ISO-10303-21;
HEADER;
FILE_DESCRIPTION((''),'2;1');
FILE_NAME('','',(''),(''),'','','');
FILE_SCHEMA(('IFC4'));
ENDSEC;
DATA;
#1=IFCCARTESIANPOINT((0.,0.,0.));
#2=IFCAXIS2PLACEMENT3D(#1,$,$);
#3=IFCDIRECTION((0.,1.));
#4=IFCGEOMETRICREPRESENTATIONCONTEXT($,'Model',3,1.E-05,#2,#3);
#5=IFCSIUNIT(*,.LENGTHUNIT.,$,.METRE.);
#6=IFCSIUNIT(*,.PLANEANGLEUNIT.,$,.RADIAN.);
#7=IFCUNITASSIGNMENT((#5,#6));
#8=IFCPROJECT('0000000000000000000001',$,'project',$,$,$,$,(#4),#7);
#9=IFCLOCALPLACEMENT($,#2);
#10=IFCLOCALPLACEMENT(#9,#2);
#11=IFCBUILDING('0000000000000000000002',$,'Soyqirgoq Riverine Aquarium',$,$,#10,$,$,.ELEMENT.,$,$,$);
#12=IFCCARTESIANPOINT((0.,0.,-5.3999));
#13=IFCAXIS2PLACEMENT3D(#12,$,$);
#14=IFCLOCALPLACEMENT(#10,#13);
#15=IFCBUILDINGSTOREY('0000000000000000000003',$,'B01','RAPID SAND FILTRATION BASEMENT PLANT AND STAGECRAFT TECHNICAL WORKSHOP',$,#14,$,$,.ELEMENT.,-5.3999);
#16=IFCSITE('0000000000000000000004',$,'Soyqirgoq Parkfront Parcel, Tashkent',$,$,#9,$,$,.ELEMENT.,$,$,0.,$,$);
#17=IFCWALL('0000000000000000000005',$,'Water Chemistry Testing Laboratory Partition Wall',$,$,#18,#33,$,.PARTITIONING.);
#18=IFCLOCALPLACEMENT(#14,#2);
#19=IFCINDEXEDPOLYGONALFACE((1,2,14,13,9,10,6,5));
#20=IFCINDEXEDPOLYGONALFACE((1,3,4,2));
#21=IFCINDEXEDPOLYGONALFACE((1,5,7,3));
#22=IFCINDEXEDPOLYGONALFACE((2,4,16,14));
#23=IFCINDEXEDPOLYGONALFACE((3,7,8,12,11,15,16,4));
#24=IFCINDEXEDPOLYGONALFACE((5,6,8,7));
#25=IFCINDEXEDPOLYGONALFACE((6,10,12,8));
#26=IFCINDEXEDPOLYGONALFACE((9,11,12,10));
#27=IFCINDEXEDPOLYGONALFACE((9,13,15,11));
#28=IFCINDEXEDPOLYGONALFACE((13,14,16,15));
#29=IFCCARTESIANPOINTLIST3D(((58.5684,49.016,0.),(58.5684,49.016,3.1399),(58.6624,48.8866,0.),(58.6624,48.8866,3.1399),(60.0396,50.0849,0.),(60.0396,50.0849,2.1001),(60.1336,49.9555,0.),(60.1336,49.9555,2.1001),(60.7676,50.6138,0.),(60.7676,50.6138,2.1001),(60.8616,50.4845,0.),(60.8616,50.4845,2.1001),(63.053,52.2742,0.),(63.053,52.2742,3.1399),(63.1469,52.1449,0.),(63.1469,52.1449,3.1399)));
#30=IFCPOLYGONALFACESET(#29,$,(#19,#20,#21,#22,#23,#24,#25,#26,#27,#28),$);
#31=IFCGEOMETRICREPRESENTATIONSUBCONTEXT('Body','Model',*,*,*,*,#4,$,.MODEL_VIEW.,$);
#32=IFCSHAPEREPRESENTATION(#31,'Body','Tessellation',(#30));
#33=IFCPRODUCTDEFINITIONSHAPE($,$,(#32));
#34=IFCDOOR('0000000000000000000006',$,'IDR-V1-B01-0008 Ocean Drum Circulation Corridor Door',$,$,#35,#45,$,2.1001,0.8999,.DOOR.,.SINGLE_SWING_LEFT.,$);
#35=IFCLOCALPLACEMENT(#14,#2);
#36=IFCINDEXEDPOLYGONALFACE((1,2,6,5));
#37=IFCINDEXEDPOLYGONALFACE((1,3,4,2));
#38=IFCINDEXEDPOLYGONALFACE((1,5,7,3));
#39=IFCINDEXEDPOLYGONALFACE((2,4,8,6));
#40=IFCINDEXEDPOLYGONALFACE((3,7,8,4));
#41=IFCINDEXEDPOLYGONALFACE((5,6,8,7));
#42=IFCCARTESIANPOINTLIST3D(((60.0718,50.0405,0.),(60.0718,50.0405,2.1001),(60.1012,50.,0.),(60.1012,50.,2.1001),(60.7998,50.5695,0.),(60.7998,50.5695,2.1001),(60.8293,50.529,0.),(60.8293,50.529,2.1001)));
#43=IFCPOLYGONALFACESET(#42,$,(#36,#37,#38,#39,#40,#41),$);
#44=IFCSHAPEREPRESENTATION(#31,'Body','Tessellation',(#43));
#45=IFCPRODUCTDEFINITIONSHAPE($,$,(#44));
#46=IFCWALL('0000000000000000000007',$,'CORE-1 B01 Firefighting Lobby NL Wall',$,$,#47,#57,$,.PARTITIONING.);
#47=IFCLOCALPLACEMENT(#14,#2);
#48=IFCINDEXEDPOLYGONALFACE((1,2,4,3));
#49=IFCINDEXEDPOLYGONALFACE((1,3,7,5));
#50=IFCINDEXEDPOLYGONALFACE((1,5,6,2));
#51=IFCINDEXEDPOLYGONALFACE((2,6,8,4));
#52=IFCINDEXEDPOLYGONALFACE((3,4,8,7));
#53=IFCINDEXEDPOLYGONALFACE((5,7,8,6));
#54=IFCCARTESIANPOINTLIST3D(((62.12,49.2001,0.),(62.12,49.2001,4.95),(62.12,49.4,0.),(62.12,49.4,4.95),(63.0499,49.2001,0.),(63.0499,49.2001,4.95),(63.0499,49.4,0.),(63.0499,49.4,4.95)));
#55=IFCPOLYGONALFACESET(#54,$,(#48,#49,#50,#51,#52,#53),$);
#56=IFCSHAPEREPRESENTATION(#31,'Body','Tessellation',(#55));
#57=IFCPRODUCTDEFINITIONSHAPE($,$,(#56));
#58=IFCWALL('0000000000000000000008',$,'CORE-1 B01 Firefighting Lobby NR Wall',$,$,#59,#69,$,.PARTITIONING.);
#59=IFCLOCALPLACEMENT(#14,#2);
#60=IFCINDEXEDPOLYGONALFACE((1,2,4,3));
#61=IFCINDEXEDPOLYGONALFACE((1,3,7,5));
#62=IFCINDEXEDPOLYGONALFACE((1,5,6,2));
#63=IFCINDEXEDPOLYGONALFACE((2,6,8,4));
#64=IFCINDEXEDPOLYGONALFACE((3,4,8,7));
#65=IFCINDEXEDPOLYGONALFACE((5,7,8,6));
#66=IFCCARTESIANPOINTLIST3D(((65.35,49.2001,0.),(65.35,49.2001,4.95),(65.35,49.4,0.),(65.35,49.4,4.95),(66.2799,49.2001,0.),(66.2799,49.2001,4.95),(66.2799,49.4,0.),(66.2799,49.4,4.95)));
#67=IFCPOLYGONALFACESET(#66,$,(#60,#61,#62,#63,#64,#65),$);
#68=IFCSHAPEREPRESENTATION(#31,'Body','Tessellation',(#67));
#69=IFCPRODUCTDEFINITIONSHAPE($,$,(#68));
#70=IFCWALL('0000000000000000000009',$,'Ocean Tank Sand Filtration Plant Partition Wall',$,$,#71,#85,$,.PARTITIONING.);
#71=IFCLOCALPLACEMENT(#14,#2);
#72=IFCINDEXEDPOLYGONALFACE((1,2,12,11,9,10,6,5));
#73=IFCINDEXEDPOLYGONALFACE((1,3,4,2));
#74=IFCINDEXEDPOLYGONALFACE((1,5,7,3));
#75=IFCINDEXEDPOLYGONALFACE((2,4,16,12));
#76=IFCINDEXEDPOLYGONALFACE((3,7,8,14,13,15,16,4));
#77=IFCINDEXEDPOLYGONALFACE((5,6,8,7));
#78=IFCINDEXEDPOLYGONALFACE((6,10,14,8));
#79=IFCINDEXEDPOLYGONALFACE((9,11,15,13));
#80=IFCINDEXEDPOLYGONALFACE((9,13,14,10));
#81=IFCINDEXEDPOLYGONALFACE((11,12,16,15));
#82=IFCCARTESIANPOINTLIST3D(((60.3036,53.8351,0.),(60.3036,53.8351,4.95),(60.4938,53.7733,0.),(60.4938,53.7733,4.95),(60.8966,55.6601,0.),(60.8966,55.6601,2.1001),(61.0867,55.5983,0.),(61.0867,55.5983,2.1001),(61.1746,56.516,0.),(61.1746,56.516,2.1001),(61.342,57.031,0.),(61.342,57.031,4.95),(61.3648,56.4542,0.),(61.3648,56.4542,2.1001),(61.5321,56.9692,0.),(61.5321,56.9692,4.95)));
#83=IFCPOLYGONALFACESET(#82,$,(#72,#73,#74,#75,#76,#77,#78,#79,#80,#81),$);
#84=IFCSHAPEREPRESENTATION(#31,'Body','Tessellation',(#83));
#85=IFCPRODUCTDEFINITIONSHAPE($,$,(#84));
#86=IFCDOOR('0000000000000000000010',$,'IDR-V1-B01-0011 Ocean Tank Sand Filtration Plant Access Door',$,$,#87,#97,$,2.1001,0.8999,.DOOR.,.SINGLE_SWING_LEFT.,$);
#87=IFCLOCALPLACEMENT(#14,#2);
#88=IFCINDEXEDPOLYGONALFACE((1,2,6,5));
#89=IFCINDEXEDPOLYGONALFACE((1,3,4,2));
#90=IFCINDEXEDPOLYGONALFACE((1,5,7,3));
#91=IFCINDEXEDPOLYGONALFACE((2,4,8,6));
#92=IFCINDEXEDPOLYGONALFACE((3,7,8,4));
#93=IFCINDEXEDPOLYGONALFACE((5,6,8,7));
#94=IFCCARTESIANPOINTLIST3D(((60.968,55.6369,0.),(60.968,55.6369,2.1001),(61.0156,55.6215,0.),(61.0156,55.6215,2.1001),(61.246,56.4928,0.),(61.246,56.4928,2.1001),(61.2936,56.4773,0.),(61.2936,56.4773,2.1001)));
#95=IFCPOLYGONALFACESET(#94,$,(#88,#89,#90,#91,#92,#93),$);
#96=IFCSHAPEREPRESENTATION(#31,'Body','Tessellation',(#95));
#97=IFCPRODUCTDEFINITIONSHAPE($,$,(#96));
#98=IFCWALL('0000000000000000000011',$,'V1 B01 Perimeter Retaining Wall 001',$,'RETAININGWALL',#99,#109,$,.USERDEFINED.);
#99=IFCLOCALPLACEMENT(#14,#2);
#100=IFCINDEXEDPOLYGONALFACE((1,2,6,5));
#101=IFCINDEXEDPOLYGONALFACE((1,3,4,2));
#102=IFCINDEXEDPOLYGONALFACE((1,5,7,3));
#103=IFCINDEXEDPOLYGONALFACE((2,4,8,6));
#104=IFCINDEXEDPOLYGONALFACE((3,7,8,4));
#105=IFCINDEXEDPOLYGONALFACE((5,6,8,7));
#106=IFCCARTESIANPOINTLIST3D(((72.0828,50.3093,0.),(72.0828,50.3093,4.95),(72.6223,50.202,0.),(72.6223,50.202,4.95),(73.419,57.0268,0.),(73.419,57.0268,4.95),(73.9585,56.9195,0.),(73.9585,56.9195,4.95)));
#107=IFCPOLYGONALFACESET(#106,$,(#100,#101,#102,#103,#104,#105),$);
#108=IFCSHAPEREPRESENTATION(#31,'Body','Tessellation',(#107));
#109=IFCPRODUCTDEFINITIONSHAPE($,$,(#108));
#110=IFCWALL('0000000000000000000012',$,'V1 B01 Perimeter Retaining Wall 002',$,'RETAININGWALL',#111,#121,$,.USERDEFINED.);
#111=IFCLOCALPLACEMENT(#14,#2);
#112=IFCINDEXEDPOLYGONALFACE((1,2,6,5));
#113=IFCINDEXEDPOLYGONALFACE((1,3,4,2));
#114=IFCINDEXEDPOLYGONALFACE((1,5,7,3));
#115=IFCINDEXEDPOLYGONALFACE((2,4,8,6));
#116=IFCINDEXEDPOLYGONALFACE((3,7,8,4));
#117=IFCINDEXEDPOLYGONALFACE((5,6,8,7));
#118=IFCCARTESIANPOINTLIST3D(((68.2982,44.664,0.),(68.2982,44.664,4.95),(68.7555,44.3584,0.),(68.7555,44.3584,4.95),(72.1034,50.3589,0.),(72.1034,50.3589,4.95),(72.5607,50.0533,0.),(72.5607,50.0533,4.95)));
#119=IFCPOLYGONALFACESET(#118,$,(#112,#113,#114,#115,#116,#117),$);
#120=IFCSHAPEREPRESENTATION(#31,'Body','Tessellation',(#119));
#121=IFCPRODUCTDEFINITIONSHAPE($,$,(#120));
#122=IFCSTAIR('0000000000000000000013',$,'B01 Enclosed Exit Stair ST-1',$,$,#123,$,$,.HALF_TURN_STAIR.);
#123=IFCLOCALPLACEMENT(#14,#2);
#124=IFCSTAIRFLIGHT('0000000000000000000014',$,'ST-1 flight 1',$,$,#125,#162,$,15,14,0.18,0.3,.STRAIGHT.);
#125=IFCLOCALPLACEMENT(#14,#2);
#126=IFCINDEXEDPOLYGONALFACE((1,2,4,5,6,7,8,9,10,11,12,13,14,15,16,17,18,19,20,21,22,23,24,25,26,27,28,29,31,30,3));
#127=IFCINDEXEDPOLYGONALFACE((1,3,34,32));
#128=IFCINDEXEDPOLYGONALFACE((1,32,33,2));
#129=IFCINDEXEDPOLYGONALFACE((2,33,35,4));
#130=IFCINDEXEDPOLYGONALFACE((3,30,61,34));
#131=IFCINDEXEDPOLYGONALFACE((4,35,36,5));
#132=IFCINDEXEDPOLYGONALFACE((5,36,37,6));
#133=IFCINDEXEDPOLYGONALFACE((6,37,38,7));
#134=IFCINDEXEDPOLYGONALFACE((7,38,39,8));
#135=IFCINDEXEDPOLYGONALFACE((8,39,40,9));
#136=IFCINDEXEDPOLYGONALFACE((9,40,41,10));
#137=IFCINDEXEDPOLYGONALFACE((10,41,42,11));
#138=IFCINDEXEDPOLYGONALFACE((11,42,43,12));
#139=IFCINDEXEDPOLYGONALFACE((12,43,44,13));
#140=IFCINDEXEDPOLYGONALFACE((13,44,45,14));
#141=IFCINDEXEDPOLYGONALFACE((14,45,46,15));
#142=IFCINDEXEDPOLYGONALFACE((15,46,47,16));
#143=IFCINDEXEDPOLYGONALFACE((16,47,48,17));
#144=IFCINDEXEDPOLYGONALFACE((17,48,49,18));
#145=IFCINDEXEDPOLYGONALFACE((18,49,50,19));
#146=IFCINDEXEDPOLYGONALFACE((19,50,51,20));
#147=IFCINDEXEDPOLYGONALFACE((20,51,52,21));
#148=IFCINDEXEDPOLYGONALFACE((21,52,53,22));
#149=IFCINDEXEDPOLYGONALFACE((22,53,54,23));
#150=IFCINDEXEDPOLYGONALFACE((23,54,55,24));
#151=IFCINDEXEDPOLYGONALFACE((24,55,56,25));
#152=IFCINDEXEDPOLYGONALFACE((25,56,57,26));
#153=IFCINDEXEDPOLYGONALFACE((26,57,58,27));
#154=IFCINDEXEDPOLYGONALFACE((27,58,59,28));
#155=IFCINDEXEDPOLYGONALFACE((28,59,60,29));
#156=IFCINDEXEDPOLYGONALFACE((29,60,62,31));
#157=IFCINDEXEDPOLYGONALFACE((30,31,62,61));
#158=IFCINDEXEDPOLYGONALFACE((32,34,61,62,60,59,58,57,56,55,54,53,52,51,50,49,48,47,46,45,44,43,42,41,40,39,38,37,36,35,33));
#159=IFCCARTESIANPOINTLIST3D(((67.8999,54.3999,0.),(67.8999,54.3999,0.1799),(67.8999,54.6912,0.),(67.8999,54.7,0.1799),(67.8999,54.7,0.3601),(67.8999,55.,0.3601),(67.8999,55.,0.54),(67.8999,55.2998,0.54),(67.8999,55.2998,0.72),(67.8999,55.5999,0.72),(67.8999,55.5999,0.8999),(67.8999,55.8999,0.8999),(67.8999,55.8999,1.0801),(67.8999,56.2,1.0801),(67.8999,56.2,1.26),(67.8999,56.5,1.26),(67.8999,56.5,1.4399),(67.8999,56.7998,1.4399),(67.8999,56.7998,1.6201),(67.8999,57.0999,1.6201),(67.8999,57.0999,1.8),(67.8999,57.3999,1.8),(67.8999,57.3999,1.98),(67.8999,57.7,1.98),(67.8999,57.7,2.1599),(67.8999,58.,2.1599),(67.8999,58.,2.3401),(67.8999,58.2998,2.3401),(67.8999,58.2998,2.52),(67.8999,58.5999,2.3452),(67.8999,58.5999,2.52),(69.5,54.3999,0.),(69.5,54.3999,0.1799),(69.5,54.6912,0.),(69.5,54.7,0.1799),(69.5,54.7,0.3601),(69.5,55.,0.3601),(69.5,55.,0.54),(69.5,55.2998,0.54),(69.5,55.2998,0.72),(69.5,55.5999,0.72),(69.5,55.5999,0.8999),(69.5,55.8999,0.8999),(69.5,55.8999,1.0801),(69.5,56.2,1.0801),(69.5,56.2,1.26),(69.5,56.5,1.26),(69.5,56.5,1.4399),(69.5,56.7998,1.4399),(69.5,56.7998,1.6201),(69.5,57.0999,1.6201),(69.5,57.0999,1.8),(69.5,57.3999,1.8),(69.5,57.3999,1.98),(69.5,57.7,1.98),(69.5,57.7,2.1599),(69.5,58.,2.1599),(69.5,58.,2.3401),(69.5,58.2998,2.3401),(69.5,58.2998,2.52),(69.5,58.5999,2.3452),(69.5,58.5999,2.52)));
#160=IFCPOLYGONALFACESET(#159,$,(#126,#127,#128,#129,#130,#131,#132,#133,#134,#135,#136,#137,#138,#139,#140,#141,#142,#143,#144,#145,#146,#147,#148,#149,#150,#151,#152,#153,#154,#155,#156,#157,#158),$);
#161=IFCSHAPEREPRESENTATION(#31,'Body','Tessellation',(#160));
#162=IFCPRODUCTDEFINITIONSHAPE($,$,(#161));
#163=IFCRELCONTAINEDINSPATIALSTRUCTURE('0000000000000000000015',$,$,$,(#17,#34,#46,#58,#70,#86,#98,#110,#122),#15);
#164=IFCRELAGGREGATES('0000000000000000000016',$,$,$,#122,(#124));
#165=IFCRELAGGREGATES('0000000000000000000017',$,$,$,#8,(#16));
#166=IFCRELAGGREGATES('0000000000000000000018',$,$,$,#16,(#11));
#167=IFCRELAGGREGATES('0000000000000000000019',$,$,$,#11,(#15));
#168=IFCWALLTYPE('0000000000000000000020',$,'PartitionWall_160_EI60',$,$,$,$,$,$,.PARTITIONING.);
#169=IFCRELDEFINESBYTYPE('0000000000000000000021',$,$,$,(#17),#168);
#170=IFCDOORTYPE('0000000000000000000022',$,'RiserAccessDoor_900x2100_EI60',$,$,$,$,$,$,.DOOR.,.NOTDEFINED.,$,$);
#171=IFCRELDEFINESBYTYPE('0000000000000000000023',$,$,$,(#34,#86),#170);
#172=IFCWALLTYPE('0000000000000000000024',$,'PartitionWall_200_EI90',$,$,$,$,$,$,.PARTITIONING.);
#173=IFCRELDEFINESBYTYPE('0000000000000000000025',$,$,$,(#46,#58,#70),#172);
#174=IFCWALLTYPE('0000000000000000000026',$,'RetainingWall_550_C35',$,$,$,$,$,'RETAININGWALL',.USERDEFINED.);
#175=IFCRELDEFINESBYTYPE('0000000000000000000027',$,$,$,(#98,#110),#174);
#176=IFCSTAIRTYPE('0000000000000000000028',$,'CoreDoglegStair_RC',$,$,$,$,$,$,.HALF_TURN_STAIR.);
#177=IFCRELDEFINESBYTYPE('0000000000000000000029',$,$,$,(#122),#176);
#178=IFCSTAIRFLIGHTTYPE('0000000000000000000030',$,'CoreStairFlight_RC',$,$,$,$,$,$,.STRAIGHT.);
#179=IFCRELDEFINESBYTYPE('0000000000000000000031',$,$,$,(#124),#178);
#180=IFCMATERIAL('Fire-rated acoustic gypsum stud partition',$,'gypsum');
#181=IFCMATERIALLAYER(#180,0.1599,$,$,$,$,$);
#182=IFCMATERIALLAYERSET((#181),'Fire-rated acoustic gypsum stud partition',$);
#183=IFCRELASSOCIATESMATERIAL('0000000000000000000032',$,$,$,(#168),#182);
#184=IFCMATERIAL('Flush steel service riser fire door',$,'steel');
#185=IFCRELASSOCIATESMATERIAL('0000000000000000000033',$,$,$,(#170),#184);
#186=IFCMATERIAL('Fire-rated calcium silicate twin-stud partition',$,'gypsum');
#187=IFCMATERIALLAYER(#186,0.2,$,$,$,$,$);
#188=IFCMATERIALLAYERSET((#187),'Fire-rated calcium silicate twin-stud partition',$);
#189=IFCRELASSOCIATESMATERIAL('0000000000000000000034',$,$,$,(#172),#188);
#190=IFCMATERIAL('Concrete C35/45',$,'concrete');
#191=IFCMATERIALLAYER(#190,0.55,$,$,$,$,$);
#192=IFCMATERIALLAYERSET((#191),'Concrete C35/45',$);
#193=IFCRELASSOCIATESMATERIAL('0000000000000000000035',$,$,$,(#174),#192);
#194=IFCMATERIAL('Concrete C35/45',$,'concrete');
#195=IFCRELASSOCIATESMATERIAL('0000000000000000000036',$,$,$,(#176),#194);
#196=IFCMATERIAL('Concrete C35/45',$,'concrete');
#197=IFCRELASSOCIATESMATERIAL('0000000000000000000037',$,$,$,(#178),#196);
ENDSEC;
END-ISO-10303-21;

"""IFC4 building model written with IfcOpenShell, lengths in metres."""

from ifc_helpers import new_model, si_unit, direction, frame, frame_2d, origin, place, context, subcontext, project, spatial, polyline, rectangle, outline, extrude, material, layer, layer_set, type_object, element, fill, aggregate, save


model = new_model("IFC4")

# Units and contexts
model_context = context("Model", 3, precision=1e-05, world=origin(), true_north=direction((0.0, 1.0)))
body_context = subcontext(model_context, "Body", "Model", "MODEL_VIEW")
ifc_project = project(units=[si_unit("LENGTHUNIT", "METRE"), si_unit("PLANEANGLEUNIT", "RADIAN")], contexts=[model_context])

# Site, building, storey
site_placement = place(None, origin())
site = spatial("IfcSite", under=ifc_project, at=site_placement, Name="Soyqirgoq Parkfront Parcel, Tashkent", CompositionType="ELEMENT", RefElevation=0.0)
building_placement = place(site_placement, origin())
building = spatial("IfcBuilding", under=site, at=building_placement, Name="Soyqirgoq Riverine Aquarium", CompositionType="ELEMENT")
storey_placement = place(building_placement, frame((0.0, 0.0, -5.3999)))
storey = spatial("IfcBuildingStorey", under=building, at=storey_placement, Name="B01", Description="RAPID SAND FILTRATION BASEMENT PLANT AND STAGECRAFT TECHNICAL WORKSHOP", CompositionType="ELEMENT", Elevation=-5.3999)

# Wall, opening, door
ifc_material_1 = material(Name="Fire-rated acoustic gypsum stud partition", Category="gypsum")
ifc_layer_1 = layer(ifc_material_1, 0.1599)
ifc_layer_set_1 = layer_set([ifc_layer_1], Name="Fire-rated acoustic gypsum stud partition")
wall_type_1 = type_object("IfcWallType", Name="PartitionWall_160_EI60", PredefinedType="PARTITIONING", material=ifc_layer_set_1)
wall_1_placement = place(storey_placement, frame((63.0999, 52.2095, 0.0), z_axis=(0.0, 0.0, 1.0), x_axis=(-0.809014, -0.587789, 0.0)))
wall_1 = element("IfcWall", 1, at=wall_1_placement, inside=storey, type_object=wall_type_1, Name="Water Chemistry Testing Laboratory Partition Wall", PredefinedType="PARTITIONING", context=body_context, shape_type="SweptSolid", body=[
    extrude(rectangle(XDim=5.5432, YDim=0.1599, at=frame_2d((2.7715, 0.0))), origin(), (0.0, 0.0, 1.0), 3.1399),
])
opening_1_placement = place(wall_1_placement, frame((2.8247, 0.0, 0.0)))
opening_1 = element("IfcOpeningElement", 2, at=opening_1_placement, cuts=wall_1, PredefinedType="OPENING", context=body_context, shape_type="SweptSolid", body=[
    extrude(rectangle(XDim=0.8999, YDim=2.1001, at=frame_2d((0.45, 1.05))), frame((0.0, 0.0898, 0.0), z_axis=(0.0, -1.0, 0.0), x_axis=(1.0, 0.0, 0.0)), (0.0, 0.0, 1.0), 0.1799),
])
ifc_material_2 = material(Name="Flush steel service riser fire door", Category="steel")
door_type_1 = type_object("IfcDoorType", Name="RiserAccessDoor_900x2100_EI60", OperationType="NOTDEFINED", PredefinedType="DOOR", material=ifc_material_2)
door_1_placement = place(opening_1_placement, origin())
door_1 = element("IfcDoor", 3, at=door_1_placement, inside=storey, type_object=door_type_1, Name="IDR-V1-B01-0008 Ocean Drum Circulation Corridor Door", OperationType="SINGLE_SWING_LEFT", OverallHeight=2.1001, OverallWidth=0.8999, PredefinedType="DOOR", context=body_context, shape_type="SweptSolid", body=[
    extrude(rectangle(XDim=0.8999, YDim=2.1001, at=frame_2d((0.45, 1.05))), frame((0.0, 0.0249, 0.0), z_axis=(0.0, -1.0, 0.0), x_axis=(1.0, 0.0, 0.0)), (0.0, 0.0, 1.0), 0.05),
])
fill(opening_1, door_1)

# Walls
ifc_material_3 = material(Name="Fire-rated calcium silicate twin-stud partition", Category="gypsum")
ifc_layer_2 = layer(ifc_material_3, 0.2)
ifc_layer_set_2 = layer_set([ifc_layer_2], Name="Fire-rated calcium silicate twin-stud partition")
wall_type_2 = type_object("IfcWallType", Name="PartitionWall_200_EI90", PredefinedType="PARTITIONING", material=ifc_layer_set_2)
for number, where, z_axis, x_axis, name in (
    (4, (62.1201, 49.3, 0.0), (0.0, 0.0, 1.0), (1.0, 0.0, 0.0), "CORE-1 B01 Firefighting Lobby NL Wall"),
    (5, (65.3501, 49.3, 0.0), (0.0, 0.0, 1.0), (1.0, 0.0, 0.0), "CORE-1 B01 Firefighting Lobby NR Wall"),
):
    element("IfcWall", number, at=place(storey_placement, frame(where, z_axis=z_axis, x_axis=x_axis)), inside=storey, type_object=wall_type_2, Name=name, PredefinedType="PARTITIONING", context=body_context, shape_type="SweptSolid", body=[
        extrude(rectangle(XDim=0.9299, YDim=0.2, at=frame_2d((0.4648, 0.0))), origin(), (0.0, 0.0, 1.0), 4.95),
    ])

# Wall, opening, door
wall_2_placement = place(storey_placement, frame((60.3987, 53.8042, 0.0), z_axis=(0.0, 0.0, 1.0), x_axis=(0.309004, 0.951061, 0.0)))
wall_2 = element("IfcWall", 6, at=wall_2_placement, inside=storey, type_object=wall_type_2, Name="Ocean Tank Sand Filtration Plant Partition Wall", PredefinedType="PARTITIONING", context=body_context, shape_type="SweptSolid", body=[
    extrude(rectangle(XDim=3.3604, YDim=0.2, at=frame_2d((1.6802, 0.0))), origin(), (0.0, 0.0, 1.0), 4.95),
])
opening_2_placement = place(wall_2_placement, frame((1.9189, 0.0, 0.0)))
opening_2 = element("IfcOpeningElement", 7, at=opening_2_placement, cuts=wall_2, PredefinedType="OPENING", context=body_context, shape_type="SweptSolid", body=[
    extrude(rectangle(XDim=0.8999, YDim=2.1001, at=frame_2d((0.45, 1.05))), frame((0.0, 0.1099, 0.0), z_axis=(0.0, -1.0, 0.0), x_axis=(1.0, 0.0, 0.0)), (0.0, 0.0, 1.0), 0.22),
])
door_2_placement = place(opening_2_placement, origin())
door_2 = element("IfcDoor", 8, at=door_2_placement, inside=storey, type_object=door_type_1, Name="IDR-V1-B01-0011 Ocean Tank Sand Filtration Plant Access Door", OperationType="SINGLE_SWING_LEFT", OverallHeight=2.1001, OverallWidth=0.8999, PredefinedType="DOOR", context=body_context, shape_type="SweptSolid", body=[
    extrude(rectangle(XDim=0.8999, YDim=2.1001, at=frame_2d((0.45, 1.05))), frame((0.0, 0.0249, 0.0), z_axis=(0.0, -1.0, 0.0), x_axis=(1.0, 0.0, 0.0)), (0.0, 0.0, 1.0), 0.05),
])
fill(opening_2, door_2)

# Walls
ifc_material_4 = material(Name="Concrete C35/45", Category="concrete")
ifc_layer_3 = layer(ifc_material_4, 0.55)
ifc_layer_set_3 = layer_set([ifc_layer_3], Name="Concrete C35/45")
wall_type_3 = type_object("IfcWallType", Name="RetainingWall_550_C35", ElementType="RETAININGWALL", PredefinedType="USERDEFINED", material=ifc_layer_set_3)
for number, where, z_axis, x_axis, name in (
    (9, (73.6887, 56.9731, 0.0), (0.0, 0.0, 1.0), (-0.195088, -0.980786, 0.0), "V1 B01 Perimeter Retaining Wall 001"),
    (10, (72.332, 50.2061, 0.0), (0.0, 0.0, 1.0), (-0.555572, -0.831469, 0.0), "V1 B01 Perimeter Retaining Wall 002"),
):
    element("IfcWall", number, at=place(storey_placement, frame(where, z_axis=z_axis, x_axis=x_axis)), inside=storey, type_object=wall_type_3, Name=name, ObjectType="RETAININGWALL", PredefinedType="USERDEFINED", context=body_context, shape_type="SweptSolid", body=[
        extrude(rectangle(XDim=6.8491, YDim=0.55, at=frame_2d((3.4246, 0.0))), origin(), (0.0, 0.0, 1.0), 4.95),
    ])

# Stair, stair flight
ifc_material_5 = material(Name="Concrete C35/45", Category="concrete")
stair_type = type_object("IfcStairType", Name="CoreDoglegStair_RC", PredefinedType="HALF_TURN_STAIR", material=ifc_material_5)
stair_placement = place(storey_placement, origin())
stair = element("IfcStair", 11, at=stair_placement, inside=storey, type_object=stair_type, Name="B01 Enclosed Exit Stair ST-1", PredefinedType="HALF_TURN_STAIR")
ifc_material_6 = material(Name="Concrete C35/45", Category="concrete")
stair_flight_type = type_object("IfcStairFlightType", Name="CoreStairFlight_RC", PredefinedType="STRAIGHT", material=ifc_material_6)
stair_flight_1_placement = place(storey_placement, frame((68.7, 54.3999, 0.0), z_axis=(0.0, 0.0, 1.0), x_axis=(0.0, 1.0, 0.0)))
stair_flight_1 = element("IfcStairFlight", 12, at=stair_flight_1_placement, type_object=stair_flight_type, Name="ST-1 flight 1", NumberOfRisers=15, NumberOfTreads=14, PredefinedType="STRAIGHT", RiserHeight=0.18, TreadLength=0.3, context=body_context, shape_type="SweptSolid", body=[
    extrude(outline(polyline([(0.0, 0.0), (0.0, 0.1799), (0.3, 0.1799), (0.3, 0.3601), (0.6001, 0.3601), (0.6001, 0.54), (0.8999, 0.54), (0.8999, 0.72), (1.2, 0.72), (1.2, 0.8999), (1.5, 0.8999), (1.5, 1.0801), (1.8, 1.0801), (1.8, 1.26), (2.1001, 1.26), (2.1001, 1.4399), (2.3999, 1.4399), (2.3999, 1.6201), (2.7, 1.6201), (2.7, 1.8), (3.0, 1.8), (3.0, 1.98), (3.3, 1.98), (3.3, 2.1599), (3.6001, 2.1599), (3.6001, 2.3401), (3.8999, 2.3401), (3.8999, 2.52), (4.2, 2.52), (4.2, 2.7), (4.2, 2.3452), (0.2913, 0.0), (0.0, 0.0)])), frame((0.0, 0.8, 0.0), z_axis=(0.0, -1.0, 0.0), x_axis=(1.0, 0.0, 0.0)), (0.0, 0.0, 1.0), 1.6001),
])
aggregate(stair, [stair_flight_1])

save(model, "model.ifc")
